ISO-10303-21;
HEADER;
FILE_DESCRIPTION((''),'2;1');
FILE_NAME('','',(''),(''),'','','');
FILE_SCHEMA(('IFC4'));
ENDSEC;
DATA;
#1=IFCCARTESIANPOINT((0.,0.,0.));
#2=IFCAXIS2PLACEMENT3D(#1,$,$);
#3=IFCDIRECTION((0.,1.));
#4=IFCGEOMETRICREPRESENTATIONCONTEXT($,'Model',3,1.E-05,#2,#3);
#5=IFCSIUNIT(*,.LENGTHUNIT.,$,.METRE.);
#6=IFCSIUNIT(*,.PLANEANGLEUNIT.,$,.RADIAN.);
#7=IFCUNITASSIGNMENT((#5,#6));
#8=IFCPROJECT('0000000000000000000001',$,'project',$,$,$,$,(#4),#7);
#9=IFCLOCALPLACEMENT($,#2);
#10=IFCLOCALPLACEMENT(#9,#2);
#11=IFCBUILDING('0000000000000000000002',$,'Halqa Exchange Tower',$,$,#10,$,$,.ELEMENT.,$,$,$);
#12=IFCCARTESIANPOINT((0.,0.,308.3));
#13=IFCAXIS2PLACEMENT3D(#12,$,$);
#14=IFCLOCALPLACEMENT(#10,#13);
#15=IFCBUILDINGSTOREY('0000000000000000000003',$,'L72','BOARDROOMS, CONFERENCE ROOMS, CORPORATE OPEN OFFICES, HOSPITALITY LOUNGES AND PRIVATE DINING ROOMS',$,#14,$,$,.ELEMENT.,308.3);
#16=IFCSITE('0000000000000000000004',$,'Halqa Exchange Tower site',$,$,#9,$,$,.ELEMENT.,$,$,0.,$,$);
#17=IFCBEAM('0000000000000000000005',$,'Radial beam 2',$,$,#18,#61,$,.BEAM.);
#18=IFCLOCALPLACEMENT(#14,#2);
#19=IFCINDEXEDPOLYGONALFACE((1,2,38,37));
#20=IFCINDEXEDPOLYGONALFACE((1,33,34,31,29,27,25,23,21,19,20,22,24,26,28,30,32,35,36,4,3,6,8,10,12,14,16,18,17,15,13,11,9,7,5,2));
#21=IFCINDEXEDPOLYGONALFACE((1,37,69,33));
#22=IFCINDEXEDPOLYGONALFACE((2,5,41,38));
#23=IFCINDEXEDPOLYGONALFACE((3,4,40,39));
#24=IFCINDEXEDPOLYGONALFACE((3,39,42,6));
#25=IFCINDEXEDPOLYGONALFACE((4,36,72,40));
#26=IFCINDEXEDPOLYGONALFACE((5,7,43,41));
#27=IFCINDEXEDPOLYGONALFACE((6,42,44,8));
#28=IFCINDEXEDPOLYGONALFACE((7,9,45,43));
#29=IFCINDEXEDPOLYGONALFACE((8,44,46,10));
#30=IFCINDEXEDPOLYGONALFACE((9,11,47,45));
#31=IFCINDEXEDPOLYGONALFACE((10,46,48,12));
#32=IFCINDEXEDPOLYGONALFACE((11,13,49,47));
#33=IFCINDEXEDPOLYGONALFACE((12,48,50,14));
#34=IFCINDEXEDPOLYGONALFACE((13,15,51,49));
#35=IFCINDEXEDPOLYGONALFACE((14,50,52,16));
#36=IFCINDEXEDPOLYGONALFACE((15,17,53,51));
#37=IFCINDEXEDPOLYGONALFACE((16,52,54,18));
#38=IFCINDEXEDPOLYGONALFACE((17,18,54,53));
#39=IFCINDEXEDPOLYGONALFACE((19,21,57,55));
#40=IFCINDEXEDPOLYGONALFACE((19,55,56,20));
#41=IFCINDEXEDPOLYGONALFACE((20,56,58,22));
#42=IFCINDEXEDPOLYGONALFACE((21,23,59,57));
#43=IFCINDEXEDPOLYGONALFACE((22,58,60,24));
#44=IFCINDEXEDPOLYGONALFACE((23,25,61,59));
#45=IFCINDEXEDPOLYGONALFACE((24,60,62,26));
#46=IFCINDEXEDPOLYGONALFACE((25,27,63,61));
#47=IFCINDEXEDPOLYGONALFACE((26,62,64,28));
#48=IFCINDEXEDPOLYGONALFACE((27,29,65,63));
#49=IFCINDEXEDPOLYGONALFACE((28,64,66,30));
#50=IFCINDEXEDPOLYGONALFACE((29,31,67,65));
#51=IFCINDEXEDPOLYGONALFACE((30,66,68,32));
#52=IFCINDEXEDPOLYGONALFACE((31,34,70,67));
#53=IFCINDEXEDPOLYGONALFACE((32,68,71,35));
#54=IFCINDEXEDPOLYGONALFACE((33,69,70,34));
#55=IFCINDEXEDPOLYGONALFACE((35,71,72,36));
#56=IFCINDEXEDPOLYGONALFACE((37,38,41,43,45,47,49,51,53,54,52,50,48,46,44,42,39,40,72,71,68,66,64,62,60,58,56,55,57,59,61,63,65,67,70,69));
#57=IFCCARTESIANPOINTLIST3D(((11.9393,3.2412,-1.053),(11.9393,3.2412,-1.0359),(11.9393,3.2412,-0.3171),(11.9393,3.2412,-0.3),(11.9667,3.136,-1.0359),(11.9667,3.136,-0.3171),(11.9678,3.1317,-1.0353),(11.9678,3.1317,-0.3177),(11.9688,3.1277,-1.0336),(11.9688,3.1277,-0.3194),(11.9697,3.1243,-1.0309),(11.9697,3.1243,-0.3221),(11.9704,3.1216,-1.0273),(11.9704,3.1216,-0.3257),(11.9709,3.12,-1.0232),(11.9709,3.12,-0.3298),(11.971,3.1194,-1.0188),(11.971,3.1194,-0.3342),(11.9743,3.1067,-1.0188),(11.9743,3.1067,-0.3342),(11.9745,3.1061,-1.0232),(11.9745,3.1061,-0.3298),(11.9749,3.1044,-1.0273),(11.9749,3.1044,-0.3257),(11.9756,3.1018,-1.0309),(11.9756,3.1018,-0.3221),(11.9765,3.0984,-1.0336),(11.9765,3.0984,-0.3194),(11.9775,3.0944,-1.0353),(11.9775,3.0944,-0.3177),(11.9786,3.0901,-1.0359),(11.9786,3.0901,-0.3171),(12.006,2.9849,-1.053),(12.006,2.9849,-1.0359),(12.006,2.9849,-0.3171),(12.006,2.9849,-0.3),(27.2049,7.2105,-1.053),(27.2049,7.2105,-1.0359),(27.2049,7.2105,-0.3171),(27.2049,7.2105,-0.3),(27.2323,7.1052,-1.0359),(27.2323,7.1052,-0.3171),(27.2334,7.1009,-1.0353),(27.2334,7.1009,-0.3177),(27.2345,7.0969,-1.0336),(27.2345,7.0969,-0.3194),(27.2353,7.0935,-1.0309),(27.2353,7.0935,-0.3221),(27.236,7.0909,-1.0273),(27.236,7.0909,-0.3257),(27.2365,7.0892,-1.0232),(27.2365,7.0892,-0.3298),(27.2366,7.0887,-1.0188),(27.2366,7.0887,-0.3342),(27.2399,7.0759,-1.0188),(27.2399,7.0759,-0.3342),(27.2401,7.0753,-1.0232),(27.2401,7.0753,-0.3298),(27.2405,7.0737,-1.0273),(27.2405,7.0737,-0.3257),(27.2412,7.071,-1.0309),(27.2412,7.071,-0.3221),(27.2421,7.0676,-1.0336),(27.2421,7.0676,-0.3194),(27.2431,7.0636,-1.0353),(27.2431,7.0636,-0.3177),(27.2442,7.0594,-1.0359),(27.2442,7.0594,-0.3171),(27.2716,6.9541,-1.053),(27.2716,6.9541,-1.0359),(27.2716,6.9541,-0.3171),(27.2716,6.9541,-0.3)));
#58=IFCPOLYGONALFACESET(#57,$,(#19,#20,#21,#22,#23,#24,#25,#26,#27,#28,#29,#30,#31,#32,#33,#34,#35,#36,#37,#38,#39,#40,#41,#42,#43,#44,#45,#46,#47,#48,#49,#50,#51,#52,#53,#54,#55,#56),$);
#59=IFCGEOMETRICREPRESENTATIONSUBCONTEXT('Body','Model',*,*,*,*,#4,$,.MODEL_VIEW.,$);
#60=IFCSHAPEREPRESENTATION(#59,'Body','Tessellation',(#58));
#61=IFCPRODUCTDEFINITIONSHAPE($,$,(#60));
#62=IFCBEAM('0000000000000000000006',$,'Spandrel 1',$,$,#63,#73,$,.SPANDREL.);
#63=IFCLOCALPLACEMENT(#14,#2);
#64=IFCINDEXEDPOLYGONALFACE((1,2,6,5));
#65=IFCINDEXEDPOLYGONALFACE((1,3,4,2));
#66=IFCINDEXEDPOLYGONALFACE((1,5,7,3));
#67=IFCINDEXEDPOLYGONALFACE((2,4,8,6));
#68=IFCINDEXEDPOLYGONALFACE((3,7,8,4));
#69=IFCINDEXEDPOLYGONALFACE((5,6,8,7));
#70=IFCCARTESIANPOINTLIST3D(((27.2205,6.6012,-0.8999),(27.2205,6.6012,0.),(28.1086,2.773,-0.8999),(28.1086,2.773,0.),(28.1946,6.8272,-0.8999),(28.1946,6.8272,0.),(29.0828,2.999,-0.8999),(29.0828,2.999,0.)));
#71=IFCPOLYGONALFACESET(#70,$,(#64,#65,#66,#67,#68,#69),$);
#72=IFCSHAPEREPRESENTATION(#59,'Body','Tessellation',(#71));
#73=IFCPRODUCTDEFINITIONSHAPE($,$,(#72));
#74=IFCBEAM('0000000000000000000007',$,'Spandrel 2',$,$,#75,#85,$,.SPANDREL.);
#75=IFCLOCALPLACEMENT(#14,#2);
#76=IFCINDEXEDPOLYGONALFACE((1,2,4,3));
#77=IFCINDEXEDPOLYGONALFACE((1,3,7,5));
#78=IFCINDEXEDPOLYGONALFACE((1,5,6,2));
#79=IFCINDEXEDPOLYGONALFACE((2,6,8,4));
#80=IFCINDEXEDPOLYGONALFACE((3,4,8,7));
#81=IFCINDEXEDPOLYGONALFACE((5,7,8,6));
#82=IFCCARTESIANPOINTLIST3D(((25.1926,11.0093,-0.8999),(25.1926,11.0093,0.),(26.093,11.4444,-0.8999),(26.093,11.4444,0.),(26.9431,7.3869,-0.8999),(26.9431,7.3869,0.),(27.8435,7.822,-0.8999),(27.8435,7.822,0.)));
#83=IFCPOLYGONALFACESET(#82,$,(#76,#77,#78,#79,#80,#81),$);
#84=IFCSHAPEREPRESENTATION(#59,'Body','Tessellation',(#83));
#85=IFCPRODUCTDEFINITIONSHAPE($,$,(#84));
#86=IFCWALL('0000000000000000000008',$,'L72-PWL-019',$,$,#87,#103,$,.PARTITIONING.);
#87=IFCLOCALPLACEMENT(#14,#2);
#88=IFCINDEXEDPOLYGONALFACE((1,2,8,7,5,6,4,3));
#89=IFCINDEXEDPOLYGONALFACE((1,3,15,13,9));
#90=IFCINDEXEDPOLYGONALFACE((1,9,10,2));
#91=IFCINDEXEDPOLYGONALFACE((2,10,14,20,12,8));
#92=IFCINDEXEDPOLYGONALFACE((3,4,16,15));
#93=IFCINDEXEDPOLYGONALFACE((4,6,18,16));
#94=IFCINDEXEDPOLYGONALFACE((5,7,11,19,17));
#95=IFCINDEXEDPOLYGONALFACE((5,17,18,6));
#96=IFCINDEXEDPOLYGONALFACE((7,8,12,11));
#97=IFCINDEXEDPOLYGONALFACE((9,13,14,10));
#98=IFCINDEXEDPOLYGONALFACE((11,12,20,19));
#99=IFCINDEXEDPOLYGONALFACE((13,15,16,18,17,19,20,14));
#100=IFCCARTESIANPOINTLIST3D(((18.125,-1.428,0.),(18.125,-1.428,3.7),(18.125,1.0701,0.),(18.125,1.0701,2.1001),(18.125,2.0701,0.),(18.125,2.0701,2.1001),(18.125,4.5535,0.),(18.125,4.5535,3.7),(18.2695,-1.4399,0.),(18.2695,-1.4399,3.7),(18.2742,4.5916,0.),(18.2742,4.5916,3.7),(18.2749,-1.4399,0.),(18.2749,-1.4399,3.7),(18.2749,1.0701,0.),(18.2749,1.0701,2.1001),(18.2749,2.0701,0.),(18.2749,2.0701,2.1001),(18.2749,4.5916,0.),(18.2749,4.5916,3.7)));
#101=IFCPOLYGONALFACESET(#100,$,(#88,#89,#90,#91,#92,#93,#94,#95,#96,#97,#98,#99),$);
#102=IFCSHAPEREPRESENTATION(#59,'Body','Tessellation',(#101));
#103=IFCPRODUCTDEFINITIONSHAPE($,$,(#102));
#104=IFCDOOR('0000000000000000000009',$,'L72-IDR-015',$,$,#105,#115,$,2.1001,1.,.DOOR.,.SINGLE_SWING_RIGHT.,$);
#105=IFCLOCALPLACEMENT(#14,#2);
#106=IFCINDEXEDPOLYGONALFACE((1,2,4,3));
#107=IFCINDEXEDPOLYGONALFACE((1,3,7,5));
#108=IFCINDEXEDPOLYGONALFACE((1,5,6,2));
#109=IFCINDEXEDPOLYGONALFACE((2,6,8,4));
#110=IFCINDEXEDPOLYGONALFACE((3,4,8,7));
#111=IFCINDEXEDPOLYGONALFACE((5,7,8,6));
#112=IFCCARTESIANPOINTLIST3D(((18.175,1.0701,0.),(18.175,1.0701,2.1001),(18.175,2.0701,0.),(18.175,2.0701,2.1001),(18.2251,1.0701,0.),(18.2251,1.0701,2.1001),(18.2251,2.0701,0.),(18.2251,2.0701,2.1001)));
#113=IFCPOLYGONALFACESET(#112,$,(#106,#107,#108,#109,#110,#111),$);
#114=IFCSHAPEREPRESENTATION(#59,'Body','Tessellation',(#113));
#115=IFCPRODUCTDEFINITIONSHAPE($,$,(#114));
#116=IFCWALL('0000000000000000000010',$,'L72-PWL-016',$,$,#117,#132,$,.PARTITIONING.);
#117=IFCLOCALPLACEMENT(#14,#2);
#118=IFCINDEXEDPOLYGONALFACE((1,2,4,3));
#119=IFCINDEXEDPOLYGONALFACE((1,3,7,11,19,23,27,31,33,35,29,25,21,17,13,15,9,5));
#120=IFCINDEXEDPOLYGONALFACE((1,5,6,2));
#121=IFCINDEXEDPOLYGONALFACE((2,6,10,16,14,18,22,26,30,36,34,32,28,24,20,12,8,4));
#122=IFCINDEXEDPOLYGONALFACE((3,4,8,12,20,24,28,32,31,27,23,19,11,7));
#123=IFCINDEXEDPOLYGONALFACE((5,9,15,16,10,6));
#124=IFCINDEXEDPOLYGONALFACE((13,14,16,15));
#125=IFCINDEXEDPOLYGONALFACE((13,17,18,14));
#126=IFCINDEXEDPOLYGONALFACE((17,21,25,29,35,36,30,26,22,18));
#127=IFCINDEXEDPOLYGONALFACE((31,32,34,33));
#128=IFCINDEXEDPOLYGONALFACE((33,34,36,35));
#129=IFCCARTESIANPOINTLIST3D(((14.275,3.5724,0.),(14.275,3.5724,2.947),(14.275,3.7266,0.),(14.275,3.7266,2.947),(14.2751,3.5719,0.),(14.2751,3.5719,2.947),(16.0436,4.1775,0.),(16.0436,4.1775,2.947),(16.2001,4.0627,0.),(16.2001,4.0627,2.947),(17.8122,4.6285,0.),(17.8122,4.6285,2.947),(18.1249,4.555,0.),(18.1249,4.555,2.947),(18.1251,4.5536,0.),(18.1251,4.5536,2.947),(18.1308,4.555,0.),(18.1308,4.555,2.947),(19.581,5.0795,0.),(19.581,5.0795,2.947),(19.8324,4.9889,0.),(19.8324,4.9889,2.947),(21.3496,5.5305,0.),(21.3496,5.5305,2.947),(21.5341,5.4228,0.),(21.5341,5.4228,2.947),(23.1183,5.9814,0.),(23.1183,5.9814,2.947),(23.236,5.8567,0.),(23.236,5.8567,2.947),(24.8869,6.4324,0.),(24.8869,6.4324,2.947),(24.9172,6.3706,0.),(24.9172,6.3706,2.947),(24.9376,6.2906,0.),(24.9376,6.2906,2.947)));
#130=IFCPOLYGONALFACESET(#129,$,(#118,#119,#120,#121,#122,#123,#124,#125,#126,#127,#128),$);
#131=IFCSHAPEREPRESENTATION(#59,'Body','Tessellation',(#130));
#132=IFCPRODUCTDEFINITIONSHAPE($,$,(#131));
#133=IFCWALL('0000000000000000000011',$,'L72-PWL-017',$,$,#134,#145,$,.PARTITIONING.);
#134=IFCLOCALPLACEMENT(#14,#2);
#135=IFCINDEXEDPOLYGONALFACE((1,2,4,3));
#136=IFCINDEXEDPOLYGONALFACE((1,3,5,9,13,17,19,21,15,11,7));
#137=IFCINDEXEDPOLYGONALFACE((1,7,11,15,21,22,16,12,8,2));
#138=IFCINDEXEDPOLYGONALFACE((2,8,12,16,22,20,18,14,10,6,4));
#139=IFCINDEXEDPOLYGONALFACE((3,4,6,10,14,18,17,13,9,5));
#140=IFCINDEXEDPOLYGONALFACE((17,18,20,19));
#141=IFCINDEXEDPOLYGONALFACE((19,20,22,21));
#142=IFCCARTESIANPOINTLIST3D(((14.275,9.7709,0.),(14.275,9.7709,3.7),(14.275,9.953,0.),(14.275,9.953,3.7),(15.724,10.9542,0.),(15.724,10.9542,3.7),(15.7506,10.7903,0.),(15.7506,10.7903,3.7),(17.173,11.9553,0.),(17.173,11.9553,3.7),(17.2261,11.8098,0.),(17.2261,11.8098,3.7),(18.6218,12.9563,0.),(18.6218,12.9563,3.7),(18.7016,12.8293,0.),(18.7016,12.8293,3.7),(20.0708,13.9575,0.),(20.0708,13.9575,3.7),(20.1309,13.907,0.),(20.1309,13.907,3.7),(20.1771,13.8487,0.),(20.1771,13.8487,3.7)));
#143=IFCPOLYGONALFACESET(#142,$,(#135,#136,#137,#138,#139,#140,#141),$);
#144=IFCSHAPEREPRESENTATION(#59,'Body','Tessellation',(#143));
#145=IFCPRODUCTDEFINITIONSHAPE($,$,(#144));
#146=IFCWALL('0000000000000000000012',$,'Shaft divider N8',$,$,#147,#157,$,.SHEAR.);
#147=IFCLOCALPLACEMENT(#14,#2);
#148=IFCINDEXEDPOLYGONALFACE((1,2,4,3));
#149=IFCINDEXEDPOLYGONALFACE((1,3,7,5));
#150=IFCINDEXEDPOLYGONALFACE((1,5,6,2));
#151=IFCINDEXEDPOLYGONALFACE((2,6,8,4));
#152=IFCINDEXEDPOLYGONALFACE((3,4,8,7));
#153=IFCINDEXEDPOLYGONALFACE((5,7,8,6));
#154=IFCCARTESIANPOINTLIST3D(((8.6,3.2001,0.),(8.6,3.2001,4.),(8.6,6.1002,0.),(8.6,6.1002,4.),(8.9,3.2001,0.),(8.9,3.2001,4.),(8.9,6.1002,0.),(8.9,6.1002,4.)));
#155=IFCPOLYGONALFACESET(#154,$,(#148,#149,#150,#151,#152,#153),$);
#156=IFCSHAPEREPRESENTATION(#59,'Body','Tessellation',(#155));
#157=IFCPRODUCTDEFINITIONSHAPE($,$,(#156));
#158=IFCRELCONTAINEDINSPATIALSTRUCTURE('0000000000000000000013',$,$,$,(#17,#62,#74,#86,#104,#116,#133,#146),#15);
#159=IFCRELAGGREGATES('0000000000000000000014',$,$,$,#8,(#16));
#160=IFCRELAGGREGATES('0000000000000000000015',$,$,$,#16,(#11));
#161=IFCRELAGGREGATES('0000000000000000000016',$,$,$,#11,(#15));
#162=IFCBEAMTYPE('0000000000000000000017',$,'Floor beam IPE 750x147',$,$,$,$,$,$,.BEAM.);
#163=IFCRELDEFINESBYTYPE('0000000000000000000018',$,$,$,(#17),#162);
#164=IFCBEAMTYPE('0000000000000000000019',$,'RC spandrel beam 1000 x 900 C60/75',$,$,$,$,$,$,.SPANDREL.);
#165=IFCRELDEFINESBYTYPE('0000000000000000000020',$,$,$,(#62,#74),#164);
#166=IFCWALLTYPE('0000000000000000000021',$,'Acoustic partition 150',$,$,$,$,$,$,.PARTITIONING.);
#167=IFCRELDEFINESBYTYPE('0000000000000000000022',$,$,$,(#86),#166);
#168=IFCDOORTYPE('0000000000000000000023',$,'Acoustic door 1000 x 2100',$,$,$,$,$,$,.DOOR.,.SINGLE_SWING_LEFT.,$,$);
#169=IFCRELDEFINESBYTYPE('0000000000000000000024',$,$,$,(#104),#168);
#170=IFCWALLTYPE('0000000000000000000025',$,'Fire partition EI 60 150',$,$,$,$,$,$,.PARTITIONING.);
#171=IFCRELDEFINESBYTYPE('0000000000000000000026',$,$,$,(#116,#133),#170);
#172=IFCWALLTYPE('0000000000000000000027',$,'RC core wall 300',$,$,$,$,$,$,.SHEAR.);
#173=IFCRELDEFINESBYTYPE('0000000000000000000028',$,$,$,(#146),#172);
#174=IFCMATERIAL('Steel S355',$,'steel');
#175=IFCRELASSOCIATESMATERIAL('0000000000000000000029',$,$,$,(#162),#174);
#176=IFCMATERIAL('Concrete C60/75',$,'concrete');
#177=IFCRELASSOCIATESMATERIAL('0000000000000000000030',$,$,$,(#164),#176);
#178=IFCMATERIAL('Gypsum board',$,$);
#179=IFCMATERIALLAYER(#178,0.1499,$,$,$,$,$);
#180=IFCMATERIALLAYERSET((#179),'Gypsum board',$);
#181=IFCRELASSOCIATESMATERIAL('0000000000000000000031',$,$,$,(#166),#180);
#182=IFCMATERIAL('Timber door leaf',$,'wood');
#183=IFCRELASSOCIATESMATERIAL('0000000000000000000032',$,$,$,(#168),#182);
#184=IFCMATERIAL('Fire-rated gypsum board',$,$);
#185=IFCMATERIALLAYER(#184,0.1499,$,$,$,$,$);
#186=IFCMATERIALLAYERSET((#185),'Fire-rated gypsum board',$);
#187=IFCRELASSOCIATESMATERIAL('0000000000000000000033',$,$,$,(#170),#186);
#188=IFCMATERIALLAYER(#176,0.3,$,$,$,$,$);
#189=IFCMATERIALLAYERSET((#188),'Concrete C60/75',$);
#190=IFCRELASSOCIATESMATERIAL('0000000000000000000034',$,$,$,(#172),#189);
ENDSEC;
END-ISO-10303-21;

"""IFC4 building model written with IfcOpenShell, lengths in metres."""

from ifc_helpers import new_model, si_unit, direction, frame, frame_2d, origin, origin_2d, place, context, subcontext, project, spatial, polyline, rectangle, i_section, outline, extrude, material, layer, layer_set, material_profile, profile_set, type_object, element, fill, save


model = new_model("IFC4")

# Units and contexts
model_context = context("Model", 3, precision=1e-05, world=origin(), true_north=direction((0.0, 1.0)))
body_context = subcontext(model_context, "Body", "Model", "MODEL_VIEW")
ifc_project = project(units=[si_unit("LENGTHUNIT", "METRE"), si_unit("PLANEANGLEUNIT", "RADIAN")], contexts=[model_context])

# Site, building, storey
site_placement = place(None, origin())
site = spatial("IfcSite", under=ifc_project, at=site_placement, Name="Halqa Exchange Tower site", CompositionType="ELEMENT", RefElevation=0.0)
building_placement = place(site_placement, origin())
building = spatial("IfcBuilding", under=site, at=building_placement, Name="Halqa Exchange Tower", CompositionType="ELEMENT")
storey_placement = place(building_placement, frame((0.0, 0.0, 308.3)))
storey = spatial("IfcBuildingStorey", under=building, at=storey_placement, Name="L72", Description="BOARDROOMS, CONFERENCE ROOMS, CORPORATE OPEN OFFICES, HOSPITALITY LOUNGES AND PRIVATE DINING ROOMS", CompositionType="ELEMENT", Elevation=308.3)

# Beams
ifc_material_1 = material(Name="Steel S355", Category="steel")
ifc_material_profile_1 = material_profile(ifc_material_1, i_section(OverallWidth=0.2649, OverallDepth=0.7529, WebThickness=0.0132, FlangeThickness=0.0171, FilletRadius=0.0171, at=origin_2d()), Name="IPE 750x147")
ifc_profile_set_1 = profile_set([ifc_material_profile_1], Name="Steel S355")
beam_type_1 = type_object("IfcBeamType", Name="Floor beam IPE 750x147", PredefinedType="BEAM", material=ifc_profile_set_1)
beam_1_placement = place(storey_placement, frame((11.9727, 3.113, -0.6765), z_axis=(0.96782, 0.251644, 0.0), x_axis=(-0.251644, 0.96782, 0.0)))
element("IfcBeam", 1, at=beam_1_placement, inside=storey, type_object=beam_type_1, Name="Radial beam 2", PredefinedType="BEAM", context=body_context, shape_type="SweptSolid", body=[
    extrude(i_section(OverallWidth=0.2649, OverallDepth=0.7529, WebThickness=0.0132, FlangeThickness=0.0171, FilletRadius=0.0171, at=origin_2d()), origin(), (0.0, 0.0, 1.0), 15.7732),
])
ifc_material_2 = material(Name="Concrete C60/75", Category="concrete")
ifc_material_profile_2 = material_profile(ifc_material_2, rectangle(XDim=1.0, YDim=0.8999, at=origin_2d()), Name="1000 x 900")
ifc_profile_set_2 = profile_set([ifc_material_profile_2], Name="Concrete C60/75")
beam_type_2 = type_object("IfcBeamType", Name="RC spandrel beam 1000 x 900 C60/75", PredefinedType="SPANDREL", material=ifc_profile_set_2)
beam_2_placement = place(storey_placement, frame((28.5957, 2.886, -0.45), z_axis=(-0.225998, 0.974128, 0.0), x_axis=(-0.974128, -0.225998, 0.0)))
element("IfcBeam", 2, at=beam_2_placement, inside=storey, type_object=beam_type_2, Name="Spandrel 1", PredefinedType="SPANDREL", context=body_context, shape_type="SweptSolid", body=[
    extrude(rectangle(XDim=1.0, YDim=0.8999, at=origin_2d()), origin(), (0.0, 0.0, 1.0), 3.9299),
])
beam_3_placement = place(storey_placement, frame((27.3933, 7.6045, -0.45), z_axis=(-0.435109, 0.900378, 0.0), x_axis=(-0.900378, -0.435109, 0.0)))
element("IfcBeam", 3, at=beam_3_placement, inside=storey, type_object=beam_type_2, Name="Spandrel 2", PredefinedType="SPANDREL", context=body_context, shape_type="SweptSolid", body=[
    extrude(rectangle(XDim=1.0, YDim=0.8999, at=origin_2d()), origin(), (0.0, 0.0, 1.0), 4.0232),
])

# Wall, opening, door
ifc_material_3 = material(Name="Gypsum board")
ifc_layer_1 = layer(ifc_material_3, 0.1499)
ifc_layer_set_1 = layer_set([ifc_layer_1], Name="Gypsum board")
wall_type_1 = type_object("IfcWallType", Name="Acoustic partition 150", PredefinedType="PARTITIONING", material=ifc_layer_set_1)
wall_1_placement = place(storey_placement, frame((18.2, 4.5916, 0.0), z_axis=(0.0, 0.0, 1.0), x_axis=(0.0, -1.0, 0.0)))
wall_1 = element("IfcWall", 4, at=wall_1_placement, inside=storey, type_object=wall_type_1, Name="L72-PWL-019", PredefinedType="PARTITIONING", context=body_context, shape_type="SweptSolid", body=[
    extrude(outline(polyline([(0.0381, -0.075), (2.032, -0.075), (4.0256, -0.075), (6.0195, -0.075), (6.0315, 0.0696), (6.0315, 0.075), (4.5237, 0.075), (3.0156, 0.075), (1.5078, 0.075), (0.0, 0.075), (0.0, 0.0742), (0.0381, -0.075)])), origin(), (0.0, 0.0, 1.0), 3.7),
])
opening_1_placement = place(wall_1_placement, frame((2.5215, 0.0, 0.0)))
opening_1 = element("IfcOpeningElement", 5, at=opening_1_placement, cuts=wall_1, PredefinedType="OPENING", context=body_context, shape_type="SweptSolid", body=[
    extrude(rectangle(XDim=1.0, YDim=2.1001, at=frame_2d((0.5, 1.05))), frame((0.0, 0.0869, 0.0), z_axis=(0.0, -1.0, 0.0), x_axis=(1.0, 0.0, 0.0)), (0.0, 0.0, 1.0), 0.1738),
])
ifc_material_4 = material(Name="Timber door leaf", Category="wood")
door_type = type_object("IfcDoorType", Name="Acoustic door 1000 x 2100", OperationType="SINGLE_SWING_LEFT", PredefinedType="DOOR", material=ifc_material_4)
door_placement = place(opening_1_placement, frame((1.0, 0.0, 0.0), z_axis=(0.0, 0.0, 1.0), x_axis=(-1.0, 0.0, 0.0)))
door = element("IfcDoor", 6, at=door_placement, inside=storey, type_object=door_type, Name="L72-IDR-015", OperationType="SINGLE_SWING_RIGHT", OverallHeight=2.1001, OverallWidth=1.0, PredefinedType="DOOR", context=body_context, shape_type="SweptSolid", body=[
    extrude(rectangle(XDim=1.0, YDim=2.1001, at=frame_2d((0.5, 1.05))), frame((0.0, 0.0249, 0.0), z_axis=(0.0, -1.0, 0.0), x_axis=(1.0, 0.0, 0.0)), (0.0, 0.0, 1.0), 0.05),
])
fill(opening_1, door)

# Walls
ifc_material_5 = material(Name="Fire-rated gypsum board")
ifc_layer_2 = layer(ifc_material_5, 0.1499)
ifc_layer_set_2 = layer_set([ifc_layer_2], Name="Fire-rated gypsum board")
wall_type_2 = type_object("IfcWallType", Name="Fire partition EI 60 150", PredefinedType="PARTITIONING", material=ifc_layer_set_2)
wall_2_placement = place(storey_placement, frame((14.2566, 3.6445, 0.0), z_axis=(0.0, 0.0, 1.0), x_axis=(0.968996, 0.247075, 0.0)))
element("IfcWall", 7, at=wall_2_placement, inside=storey, type_object=wall_type_2, Name="L72-PWL-016", PredefinedType="PARTITIONING", context=body_context, shape_type="SweptSolid", body=[
    extrude(outline(polyline([(0.0, -0.075), (1.9866, -0.075), (3.9731, -0.075), (3.9734, -0.0735), (3.979, -0.075), (5.7351, -0.075), (7.4912, -0.075), (9.2476, -0.075), (11.0037, -0.075), (11.0037, 0.0076), (10.9895, 0.075), (9.1643, 0.075), (7.3391, 0.075), (5.5139, 0.075), (3.6885, 0.075), (1.8633, 0.075), (0.0381, 0.075), (0.0, -0.0745), (0.0, -0.075)])), origin(), (0.0, 0.0, 1.0), 2.947),
])
wall_3_placement = place(storey_placement, frame((14.2324, 9.8325, 0.0), z_axis=(0.0, 0.0, 1.0), x_axis=(0.822726, 0.568438, 0.0)))
element("IfcWall", 8, at=wall_3_placement, inside=storey, type_object=wall_type_2, Name="L72-PWL-017", PredefinedType="PARTITIONING", context=body_context, shape_type="SweptSolid", body=[
    extrude(outline(polyline([(0.0, -0.075), (1.7935, -0.075), (3.5869, -0.075), (5.3804, -0.075), (7.1738, -0.075), (7.1689, -0.0007), (7.1482, 0.075), (5.387, 0.075), (3.626, 0.075), (1.8647, 0.075), (0.1035, 0.075), (0.0, -0.075), (0.0, -0.075)])), origin(), (0.0, 0.0, 1.0), 3.7),
])
ifc_layer_3 = layer(ifc_material_2, 0.3)
ifc_layer_set_3 = layer_set([ifc_layer_3], Name="Concrete C60/75")
wall_type_3 = type_object("IfcWallType", Name="RC core wall 300", PredefinedType="SHEAR", material=ifc_layer_set_3)
wall_4_placement = place(storey_placement, frame((8.75, 3.2, 0.0), z_axis=(0.0, 0.0, 1.0), x_axis=(0.0, 1.0, 0.0)))
element("IfcWall", 9, at=wall_4_placement, inside=storey, type_object=wall_type_3, Name="Shaft divider N8", PredefinedType="SHEAR", context=body_context, shape_type="SweptSolid", body=[
    extrude(rectangle(XDim=2.9001, YDim=0.3, at=frame_2d((1.4502, 0.0))), origin(), (0.0, 0.0, 1.0), 4.0),
])

save(model, "model.ifc")
